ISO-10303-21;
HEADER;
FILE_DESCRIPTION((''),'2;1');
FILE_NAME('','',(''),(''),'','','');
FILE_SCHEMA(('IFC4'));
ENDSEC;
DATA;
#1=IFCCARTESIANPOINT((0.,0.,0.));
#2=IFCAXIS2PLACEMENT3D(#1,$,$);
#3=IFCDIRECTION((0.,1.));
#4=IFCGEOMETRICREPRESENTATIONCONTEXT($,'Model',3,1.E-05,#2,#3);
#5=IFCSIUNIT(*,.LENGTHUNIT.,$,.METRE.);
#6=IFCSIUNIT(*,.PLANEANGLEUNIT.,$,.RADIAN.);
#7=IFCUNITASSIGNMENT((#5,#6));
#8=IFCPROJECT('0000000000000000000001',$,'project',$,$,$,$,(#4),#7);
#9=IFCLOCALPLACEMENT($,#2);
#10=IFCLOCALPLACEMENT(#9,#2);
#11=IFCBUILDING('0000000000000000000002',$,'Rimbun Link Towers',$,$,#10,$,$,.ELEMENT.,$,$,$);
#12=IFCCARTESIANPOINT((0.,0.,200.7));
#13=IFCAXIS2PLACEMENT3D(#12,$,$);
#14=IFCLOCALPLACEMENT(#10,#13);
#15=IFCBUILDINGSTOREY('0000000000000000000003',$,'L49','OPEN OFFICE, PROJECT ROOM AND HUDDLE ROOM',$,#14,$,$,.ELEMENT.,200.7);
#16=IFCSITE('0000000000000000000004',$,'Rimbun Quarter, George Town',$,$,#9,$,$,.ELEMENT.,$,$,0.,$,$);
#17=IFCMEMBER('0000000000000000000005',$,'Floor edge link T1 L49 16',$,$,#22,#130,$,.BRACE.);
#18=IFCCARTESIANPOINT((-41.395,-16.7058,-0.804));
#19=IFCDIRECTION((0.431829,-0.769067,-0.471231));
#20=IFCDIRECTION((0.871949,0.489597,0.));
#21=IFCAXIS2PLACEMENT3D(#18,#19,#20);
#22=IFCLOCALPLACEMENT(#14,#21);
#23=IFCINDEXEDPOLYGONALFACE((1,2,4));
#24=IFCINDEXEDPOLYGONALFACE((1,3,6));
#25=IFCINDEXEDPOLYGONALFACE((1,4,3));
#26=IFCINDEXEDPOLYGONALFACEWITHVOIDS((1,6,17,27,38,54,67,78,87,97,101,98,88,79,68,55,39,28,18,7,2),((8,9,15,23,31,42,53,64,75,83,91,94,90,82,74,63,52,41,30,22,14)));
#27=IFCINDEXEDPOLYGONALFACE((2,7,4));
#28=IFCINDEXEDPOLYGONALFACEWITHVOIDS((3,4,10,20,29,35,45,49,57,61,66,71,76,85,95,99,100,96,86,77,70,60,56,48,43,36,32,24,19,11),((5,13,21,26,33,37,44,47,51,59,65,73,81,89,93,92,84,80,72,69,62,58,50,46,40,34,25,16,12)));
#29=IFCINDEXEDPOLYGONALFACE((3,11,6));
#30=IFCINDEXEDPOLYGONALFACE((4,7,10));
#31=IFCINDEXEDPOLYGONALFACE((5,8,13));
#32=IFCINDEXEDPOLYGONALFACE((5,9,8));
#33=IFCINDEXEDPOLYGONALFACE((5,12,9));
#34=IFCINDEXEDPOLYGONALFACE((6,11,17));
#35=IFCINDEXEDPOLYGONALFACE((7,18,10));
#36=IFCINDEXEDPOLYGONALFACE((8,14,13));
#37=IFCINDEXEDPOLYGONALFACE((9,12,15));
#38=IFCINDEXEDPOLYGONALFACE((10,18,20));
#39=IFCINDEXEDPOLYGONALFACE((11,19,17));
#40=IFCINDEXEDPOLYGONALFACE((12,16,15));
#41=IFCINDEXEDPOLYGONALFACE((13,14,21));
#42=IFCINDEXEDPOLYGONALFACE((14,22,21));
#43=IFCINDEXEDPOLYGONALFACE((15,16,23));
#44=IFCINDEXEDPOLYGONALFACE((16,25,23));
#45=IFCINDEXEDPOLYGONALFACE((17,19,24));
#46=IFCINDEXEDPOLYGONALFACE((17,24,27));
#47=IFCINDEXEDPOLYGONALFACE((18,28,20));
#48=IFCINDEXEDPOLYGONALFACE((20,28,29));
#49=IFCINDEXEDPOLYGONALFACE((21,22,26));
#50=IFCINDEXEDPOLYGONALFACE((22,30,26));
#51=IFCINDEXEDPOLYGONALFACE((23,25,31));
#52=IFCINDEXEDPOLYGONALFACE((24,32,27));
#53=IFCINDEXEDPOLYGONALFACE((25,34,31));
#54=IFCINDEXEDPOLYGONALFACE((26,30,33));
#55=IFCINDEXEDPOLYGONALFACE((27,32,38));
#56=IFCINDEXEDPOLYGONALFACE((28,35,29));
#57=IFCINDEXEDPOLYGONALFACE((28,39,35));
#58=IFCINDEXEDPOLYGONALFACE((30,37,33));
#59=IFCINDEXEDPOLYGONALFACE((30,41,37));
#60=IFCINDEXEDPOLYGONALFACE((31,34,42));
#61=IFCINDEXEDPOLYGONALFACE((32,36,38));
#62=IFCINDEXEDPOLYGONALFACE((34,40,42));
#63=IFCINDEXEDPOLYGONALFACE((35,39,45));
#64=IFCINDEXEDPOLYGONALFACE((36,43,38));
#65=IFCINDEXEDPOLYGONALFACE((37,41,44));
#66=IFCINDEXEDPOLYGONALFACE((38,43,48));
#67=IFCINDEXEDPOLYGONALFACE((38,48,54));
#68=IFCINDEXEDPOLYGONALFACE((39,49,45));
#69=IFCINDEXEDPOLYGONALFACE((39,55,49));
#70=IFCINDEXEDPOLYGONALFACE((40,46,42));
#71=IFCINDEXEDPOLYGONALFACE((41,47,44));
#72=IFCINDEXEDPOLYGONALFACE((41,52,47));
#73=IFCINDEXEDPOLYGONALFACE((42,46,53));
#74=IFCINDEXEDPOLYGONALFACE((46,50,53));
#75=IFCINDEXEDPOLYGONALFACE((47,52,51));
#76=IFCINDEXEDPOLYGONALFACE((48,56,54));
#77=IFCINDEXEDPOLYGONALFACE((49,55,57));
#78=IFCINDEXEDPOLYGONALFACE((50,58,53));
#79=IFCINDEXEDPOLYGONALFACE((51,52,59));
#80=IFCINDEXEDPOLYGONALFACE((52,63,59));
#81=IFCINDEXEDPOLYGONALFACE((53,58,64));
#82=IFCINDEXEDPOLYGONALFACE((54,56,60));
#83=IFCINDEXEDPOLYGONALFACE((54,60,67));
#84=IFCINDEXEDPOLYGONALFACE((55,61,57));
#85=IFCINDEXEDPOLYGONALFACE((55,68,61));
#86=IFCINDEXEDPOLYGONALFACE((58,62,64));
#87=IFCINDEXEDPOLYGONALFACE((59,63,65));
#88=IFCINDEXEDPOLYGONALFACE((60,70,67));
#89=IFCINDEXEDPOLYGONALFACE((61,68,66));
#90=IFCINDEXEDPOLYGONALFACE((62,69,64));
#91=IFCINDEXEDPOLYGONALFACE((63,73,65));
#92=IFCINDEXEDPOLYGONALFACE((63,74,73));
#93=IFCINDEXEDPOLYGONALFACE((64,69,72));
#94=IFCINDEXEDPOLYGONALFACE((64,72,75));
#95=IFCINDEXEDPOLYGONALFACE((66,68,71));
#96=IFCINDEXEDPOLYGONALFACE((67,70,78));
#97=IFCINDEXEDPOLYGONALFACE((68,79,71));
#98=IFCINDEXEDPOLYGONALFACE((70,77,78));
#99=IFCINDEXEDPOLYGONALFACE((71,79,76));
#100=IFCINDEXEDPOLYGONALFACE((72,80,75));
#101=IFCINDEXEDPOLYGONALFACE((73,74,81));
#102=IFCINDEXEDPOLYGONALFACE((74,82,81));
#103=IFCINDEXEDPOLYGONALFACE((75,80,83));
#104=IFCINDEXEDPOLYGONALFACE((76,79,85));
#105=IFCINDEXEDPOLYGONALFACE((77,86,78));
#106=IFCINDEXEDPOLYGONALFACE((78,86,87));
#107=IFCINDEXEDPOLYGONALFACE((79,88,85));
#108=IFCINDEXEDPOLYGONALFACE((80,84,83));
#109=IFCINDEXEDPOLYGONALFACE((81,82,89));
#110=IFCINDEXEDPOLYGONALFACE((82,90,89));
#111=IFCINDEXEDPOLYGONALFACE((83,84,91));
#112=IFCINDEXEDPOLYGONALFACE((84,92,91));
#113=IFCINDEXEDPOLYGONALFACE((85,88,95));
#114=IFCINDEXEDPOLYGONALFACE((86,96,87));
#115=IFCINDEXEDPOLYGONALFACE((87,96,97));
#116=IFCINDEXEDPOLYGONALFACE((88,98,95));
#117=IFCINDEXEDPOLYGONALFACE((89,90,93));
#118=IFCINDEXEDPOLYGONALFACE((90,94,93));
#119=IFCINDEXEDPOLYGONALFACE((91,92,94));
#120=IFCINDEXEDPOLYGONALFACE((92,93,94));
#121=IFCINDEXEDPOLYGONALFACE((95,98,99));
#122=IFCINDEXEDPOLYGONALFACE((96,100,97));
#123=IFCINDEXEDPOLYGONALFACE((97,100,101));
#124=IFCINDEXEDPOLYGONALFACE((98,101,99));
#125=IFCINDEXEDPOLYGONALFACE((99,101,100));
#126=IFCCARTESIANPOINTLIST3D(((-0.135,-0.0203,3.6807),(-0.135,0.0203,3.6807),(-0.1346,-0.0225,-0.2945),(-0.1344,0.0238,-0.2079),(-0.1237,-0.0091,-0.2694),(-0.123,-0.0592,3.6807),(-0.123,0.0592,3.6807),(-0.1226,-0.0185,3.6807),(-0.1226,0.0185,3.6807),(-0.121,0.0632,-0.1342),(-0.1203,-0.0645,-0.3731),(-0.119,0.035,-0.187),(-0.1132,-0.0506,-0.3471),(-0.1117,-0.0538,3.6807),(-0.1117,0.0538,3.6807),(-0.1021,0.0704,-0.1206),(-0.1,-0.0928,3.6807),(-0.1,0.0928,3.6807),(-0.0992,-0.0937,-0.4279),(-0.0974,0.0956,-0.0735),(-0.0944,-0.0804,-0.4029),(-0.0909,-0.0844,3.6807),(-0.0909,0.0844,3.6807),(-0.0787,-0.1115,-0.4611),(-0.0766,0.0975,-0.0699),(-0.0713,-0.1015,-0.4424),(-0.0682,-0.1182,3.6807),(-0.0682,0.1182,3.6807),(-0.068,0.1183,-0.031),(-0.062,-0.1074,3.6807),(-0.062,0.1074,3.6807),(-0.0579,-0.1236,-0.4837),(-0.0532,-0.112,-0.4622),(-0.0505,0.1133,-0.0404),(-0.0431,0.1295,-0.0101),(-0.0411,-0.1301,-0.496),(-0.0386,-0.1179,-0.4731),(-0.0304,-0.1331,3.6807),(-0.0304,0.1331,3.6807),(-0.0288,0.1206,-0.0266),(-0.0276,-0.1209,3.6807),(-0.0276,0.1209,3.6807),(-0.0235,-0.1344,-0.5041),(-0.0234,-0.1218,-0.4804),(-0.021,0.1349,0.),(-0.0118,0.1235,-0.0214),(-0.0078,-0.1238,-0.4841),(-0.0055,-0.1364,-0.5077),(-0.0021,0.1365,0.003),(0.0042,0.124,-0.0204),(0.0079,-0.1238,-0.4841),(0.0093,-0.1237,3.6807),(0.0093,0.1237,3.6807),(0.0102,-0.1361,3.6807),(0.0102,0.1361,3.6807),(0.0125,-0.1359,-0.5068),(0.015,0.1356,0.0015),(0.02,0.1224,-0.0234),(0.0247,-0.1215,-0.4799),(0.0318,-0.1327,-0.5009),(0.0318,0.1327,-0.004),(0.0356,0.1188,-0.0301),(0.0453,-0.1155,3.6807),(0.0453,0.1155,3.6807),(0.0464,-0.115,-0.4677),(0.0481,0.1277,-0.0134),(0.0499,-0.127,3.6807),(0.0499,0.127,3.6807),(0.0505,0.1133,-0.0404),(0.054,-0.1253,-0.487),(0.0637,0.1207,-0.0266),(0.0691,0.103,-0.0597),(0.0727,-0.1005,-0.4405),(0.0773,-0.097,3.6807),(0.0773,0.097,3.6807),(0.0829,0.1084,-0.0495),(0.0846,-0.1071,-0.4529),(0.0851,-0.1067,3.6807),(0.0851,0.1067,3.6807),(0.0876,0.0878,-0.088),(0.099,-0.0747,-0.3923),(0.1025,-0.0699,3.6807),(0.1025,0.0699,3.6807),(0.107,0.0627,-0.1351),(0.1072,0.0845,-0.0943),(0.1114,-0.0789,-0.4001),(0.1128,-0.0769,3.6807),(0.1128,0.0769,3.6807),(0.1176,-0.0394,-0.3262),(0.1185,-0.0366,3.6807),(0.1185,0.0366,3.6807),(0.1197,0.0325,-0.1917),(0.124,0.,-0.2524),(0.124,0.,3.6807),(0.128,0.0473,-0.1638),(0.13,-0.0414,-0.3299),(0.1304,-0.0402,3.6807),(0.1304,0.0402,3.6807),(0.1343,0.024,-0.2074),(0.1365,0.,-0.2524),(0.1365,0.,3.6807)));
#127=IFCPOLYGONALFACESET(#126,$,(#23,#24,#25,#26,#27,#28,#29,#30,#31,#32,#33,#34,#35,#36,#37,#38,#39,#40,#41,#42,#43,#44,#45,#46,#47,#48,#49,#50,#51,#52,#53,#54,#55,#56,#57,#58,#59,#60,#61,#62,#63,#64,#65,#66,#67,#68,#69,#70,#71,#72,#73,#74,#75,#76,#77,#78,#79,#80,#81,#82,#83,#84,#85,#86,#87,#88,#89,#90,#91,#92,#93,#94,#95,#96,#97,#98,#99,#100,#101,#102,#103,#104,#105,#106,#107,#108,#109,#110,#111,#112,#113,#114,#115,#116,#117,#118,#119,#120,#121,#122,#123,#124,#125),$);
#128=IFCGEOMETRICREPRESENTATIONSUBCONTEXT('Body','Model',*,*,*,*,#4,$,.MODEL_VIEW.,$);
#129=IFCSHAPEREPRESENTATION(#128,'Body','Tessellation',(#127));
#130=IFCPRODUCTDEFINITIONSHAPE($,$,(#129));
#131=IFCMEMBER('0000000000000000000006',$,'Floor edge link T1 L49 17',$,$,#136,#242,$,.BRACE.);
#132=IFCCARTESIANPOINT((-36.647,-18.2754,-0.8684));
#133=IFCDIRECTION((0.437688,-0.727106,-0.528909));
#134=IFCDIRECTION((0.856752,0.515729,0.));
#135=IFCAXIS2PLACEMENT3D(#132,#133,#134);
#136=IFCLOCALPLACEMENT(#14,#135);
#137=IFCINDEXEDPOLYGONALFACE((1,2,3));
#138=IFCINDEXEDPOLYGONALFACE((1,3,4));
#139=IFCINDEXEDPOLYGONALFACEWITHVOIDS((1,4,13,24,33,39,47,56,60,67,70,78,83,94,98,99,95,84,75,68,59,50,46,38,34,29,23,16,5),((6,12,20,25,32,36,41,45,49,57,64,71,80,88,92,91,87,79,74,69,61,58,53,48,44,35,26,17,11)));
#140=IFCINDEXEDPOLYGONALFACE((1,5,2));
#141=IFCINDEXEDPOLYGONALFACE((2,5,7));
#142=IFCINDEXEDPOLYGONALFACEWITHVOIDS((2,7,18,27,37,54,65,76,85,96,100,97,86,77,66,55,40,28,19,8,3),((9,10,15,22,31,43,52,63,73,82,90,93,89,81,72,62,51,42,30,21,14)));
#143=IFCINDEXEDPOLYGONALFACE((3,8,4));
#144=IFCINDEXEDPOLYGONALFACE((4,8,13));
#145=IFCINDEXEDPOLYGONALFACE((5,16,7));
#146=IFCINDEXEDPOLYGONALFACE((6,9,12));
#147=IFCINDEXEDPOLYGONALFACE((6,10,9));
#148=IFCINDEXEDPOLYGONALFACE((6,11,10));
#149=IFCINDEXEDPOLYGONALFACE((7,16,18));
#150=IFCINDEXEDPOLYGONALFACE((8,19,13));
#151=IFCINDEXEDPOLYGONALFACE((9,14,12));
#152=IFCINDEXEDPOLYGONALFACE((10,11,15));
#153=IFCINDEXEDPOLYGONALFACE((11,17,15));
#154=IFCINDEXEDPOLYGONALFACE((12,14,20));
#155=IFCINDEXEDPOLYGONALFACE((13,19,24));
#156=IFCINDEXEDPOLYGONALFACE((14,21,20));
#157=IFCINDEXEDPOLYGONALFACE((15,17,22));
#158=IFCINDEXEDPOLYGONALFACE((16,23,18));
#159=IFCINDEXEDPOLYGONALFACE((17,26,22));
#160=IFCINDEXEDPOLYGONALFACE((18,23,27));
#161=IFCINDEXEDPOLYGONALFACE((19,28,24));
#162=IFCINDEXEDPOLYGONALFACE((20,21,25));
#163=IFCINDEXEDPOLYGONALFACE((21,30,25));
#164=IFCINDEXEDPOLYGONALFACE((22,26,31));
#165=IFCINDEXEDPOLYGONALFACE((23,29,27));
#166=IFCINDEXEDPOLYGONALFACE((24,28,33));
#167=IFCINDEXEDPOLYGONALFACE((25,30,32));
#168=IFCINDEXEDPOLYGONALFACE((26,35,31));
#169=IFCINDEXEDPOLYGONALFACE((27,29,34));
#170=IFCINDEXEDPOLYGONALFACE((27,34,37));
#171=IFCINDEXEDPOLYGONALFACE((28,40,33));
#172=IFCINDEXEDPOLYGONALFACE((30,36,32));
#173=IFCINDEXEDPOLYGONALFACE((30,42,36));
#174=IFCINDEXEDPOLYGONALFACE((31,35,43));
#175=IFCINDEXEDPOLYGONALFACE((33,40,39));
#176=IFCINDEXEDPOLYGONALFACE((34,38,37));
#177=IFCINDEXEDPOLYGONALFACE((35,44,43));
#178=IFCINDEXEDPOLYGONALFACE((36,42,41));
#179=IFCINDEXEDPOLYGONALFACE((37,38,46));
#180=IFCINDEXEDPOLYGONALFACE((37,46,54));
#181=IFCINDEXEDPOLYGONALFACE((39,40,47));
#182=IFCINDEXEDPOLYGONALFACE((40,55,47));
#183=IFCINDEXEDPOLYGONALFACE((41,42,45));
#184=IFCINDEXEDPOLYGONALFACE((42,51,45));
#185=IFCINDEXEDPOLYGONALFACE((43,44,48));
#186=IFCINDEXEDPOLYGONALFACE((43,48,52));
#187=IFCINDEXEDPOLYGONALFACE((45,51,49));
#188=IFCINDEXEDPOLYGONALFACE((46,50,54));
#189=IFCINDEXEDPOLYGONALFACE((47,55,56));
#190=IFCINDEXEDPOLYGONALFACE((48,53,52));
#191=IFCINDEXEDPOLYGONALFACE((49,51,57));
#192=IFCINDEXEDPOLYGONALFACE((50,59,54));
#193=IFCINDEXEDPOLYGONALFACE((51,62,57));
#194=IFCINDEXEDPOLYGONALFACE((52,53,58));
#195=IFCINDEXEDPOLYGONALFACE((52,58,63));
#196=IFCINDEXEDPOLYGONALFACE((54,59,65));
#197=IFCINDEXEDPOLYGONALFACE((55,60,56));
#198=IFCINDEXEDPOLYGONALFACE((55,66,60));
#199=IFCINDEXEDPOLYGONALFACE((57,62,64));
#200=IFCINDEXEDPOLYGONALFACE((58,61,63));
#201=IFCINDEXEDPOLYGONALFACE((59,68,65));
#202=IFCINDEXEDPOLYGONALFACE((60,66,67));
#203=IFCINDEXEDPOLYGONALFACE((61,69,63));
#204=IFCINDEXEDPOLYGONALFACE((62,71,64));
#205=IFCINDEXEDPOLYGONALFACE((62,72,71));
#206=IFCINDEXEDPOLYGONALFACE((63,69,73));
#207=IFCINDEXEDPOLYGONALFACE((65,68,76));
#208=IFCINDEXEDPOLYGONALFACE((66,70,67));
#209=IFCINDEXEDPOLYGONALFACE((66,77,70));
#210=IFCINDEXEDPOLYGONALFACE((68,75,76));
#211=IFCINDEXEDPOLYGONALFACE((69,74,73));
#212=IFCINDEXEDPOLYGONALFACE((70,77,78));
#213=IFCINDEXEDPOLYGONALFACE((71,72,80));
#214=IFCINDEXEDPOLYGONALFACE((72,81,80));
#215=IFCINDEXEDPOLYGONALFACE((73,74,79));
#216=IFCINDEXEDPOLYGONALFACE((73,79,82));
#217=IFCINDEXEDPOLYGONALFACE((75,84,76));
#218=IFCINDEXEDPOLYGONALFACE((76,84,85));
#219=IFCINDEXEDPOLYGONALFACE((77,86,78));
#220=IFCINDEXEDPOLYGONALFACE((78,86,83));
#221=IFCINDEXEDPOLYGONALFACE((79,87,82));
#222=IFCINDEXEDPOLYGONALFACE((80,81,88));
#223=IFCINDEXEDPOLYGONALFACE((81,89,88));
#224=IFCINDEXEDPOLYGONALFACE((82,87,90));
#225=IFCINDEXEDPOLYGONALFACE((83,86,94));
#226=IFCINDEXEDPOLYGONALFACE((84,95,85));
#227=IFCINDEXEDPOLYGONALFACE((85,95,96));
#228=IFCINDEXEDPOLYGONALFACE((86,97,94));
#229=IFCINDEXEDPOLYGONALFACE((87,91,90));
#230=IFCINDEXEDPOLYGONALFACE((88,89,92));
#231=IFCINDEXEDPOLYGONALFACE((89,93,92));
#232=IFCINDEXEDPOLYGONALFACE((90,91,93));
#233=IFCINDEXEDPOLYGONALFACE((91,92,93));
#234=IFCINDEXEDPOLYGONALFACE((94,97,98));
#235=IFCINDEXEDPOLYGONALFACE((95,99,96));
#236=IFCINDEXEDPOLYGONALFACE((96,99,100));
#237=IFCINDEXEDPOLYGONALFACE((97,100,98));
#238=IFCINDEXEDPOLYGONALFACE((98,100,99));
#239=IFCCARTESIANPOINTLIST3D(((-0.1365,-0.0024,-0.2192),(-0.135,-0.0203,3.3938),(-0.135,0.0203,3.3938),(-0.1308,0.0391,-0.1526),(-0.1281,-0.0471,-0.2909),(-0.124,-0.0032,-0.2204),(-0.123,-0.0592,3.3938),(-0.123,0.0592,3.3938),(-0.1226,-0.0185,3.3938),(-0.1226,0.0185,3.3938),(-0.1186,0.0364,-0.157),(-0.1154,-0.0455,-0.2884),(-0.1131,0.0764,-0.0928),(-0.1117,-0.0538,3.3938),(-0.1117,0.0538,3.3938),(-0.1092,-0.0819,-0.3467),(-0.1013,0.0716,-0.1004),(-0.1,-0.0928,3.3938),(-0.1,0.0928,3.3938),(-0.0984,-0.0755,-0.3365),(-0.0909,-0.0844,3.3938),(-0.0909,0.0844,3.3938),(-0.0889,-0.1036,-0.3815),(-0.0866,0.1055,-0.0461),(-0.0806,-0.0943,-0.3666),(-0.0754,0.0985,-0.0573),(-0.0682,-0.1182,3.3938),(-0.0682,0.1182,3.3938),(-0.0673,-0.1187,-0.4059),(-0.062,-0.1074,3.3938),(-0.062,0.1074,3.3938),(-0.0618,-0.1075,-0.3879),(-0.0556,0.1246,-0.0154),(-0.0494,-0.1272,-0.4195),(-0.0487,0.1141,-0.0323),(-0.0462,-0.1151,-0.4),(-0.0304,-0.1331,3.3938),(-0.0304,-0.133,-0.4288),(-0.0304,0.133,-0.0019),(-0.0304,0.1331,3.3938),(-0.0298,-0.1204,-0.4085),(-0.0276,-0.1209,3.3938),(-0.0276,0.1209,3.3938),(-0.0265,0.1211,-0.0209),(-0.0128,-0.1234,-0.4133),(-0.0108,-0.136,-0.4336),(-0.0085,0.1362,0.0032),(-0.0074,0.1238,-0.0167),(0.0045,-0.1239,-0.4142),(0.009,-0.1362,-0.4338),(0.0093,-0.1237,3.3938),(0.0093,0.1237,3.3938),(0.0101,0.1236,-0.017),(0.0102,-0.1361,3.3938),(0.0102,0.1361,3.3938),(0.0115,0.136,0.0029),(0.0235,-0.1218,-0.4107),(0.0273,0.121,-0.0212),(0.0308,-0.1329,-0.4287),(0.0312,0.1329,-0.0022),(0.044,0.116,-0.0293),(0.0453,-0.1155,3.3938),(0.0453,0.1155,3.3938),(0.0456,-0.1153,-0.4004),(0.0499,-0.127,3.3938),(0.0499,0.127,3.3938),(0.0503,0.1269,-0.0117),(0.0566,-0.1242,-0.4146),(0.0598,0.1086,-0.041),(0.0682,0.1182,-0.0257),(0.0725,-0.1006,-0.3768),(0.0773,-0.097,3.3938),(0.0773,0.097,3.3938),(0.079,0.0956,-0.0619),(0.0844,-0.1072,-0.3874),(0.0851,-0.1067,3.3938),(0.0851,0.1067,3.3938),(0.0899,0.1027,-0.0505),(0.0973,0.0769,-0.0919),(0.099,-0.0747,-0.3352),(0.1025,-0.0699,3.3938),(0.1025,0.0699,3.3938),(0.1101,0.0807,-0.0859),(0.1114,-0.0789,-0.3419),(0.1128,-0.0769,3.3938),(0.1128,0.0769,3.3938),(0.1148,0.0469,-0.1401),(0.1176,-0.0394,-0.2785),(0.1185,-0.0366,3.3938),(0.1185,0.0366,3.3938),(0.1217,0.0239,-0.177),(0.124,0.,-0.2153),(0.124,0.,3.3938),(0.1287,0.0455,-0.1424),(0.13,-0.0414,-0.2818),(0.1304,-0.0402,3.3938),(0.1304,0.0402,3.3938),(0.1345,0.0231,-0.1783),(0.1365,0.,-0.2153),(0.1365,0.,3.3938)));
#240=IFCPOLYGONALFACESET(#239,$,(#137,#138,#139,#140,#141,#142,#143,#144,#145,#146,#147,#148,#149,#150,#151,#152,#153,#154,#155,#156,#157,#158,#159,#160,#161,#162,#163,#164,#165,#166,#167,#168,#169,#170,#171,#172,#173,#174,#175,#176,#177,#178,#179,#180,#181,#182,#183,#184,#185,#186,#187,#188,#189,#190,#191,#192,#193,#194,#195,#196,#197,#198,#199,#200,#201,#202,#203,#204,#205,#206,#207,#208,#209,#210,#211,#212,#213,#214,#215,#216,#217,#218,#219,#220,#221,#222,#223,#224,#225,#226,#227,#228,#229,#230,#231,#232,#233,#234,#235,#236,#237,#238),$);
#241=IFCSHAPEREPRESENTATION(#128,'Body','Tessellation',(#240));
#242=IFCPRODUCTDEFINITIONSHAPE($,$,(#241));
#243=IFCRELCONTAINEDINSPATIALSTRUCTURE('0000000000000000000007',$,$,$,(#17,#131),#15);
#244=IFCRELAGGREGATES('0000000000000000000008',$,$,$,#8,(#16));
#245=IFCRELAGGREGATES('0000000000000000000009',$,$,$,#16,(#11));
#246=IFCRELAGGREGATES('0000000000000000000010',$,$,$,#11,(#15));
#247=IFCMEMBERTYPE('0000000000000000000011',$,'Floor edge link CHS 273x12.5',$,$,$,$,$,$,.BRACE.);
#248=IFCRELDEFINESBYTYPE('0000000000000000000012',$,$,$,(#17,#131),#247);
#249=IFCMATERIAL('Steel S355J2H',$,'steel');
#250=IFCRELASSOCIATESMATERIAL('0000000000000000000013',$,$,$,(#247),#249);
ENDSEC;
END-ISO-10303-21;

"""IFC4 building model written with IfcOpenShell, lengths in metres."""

from ifc_helpers import new_model, si_unit, direction, frame, origin, origin_2d, place, context, subcontext, project, spatial, hollow_circle, extrude, clip, halfspace, material, material_profile, profile_set, type_object, element, save


model = new_model("IFC4")

# Units and contexts
model_context = context("Model", 3, precision=1e-05, world=origin(), true_north=direction((0.0, 1.0)))
body_context = subcontext(model_context, "Body", "Model", "MODEL_VIEW")
ifc_project = project(units=[si_unit("LENGTHUNIT", "METRE"), si_unit("PLANEANGLEUNIT", "RADIAN")], contexts=[model_context])

# Site, building, storey
site_placement = place(None, origin())
site = spatial("IfcSite", under=ifc_project, at=site_placement, Name="Rimbun Quarter, George Town", CompositionType="ELEMENT", RefElevation=0.0)
building_placement = place(site_placement, origin())
building = spatial("IfcBuilding", under=site, at=building_placement, Name="Rimbun Link Towers", CompositionType="ELEMENT")
storey_placement = place(building_placement, frame((0.0, 0.0, 200.7)))
storey = spatial("IfcBuildingStorey", under=building, at=storey_placement, Name="L49", Description="OPEN OFFICE, PROJECT ROOM AND HUDDLE ROOM", CompositionType="ELEMENT", Elevation=200.7)

# Members
ifc_material_1 = material(Name="Steel S355J2H", Category="steel")
ifc_material_profile_1 = material_profile(ifc_material_1, hollow_circle(Radius=0.1365, WallThickness=0.0125, at=origin_2d()), Name="CHS 273x12.5")
ifc_profile_set_1 = profile_set([ifc_material_profile_1], Name="Steel S355J2H")
member_type_1 = type_object("IfcMemberType", Name="Floor edge link CHS 273x12.5", PredefinedType="BRACE", material=ifc_profile_set_1)
member_1_placement = place(storey_placement, frame((-41.395, -16.7058, -0.804), z_axis=(0.431829, -0.769067, -0.471231), x_axis=(0.871949, 0.489597, 0.0)))
element("IfcMember", 1, at=member_1_placement, inside=storey, type_object=member_type_1, Name="Floor edge link T1 L49 16", PredefinedType="BRACE", context=body_context, shape_type="Clipping", body=[
    clip(extrude(hollow_circle(Radius=0.1365, WallThickness=0.0125, at=origin_2d()), frame((0.0, 0.0, -0.532)), (0.0, 0.0, 1.0), 4.2126), halfspace(frame((0.0, 0.0, -0.2524), z_axis=(0.0, 0.88201, -0.471231)), False)),
])
member_2_placement = place(storey_placement, frame((-36.647, -18.2754, -0.8684), z_axis=(0.437688, -0.727106, -0.528909), x_axis=(0.856752, 0.515729, 0.0)))
element("IfcMember", 2, at=member_2_placement, inside=storey, type_object=member_type_1, Name="Floor edge link T1 L49 17", PredefinedType="BRACE", context=body_context, shape_type="Clipping", body=[
    clip(extrude(hollow_circle(Radius=0.1365, WallThickness=0.0125, at=origin_2d()), frame((0.0, 0.0, -0.4568)), (0.0, 0.0, 1.0), 3.8506), halfspace(frame((0.0, 0.0, -0.2153), z_axis=(0.0, 0.848678, -0.528909)), False)),
])

save(model, "model.ifc")
